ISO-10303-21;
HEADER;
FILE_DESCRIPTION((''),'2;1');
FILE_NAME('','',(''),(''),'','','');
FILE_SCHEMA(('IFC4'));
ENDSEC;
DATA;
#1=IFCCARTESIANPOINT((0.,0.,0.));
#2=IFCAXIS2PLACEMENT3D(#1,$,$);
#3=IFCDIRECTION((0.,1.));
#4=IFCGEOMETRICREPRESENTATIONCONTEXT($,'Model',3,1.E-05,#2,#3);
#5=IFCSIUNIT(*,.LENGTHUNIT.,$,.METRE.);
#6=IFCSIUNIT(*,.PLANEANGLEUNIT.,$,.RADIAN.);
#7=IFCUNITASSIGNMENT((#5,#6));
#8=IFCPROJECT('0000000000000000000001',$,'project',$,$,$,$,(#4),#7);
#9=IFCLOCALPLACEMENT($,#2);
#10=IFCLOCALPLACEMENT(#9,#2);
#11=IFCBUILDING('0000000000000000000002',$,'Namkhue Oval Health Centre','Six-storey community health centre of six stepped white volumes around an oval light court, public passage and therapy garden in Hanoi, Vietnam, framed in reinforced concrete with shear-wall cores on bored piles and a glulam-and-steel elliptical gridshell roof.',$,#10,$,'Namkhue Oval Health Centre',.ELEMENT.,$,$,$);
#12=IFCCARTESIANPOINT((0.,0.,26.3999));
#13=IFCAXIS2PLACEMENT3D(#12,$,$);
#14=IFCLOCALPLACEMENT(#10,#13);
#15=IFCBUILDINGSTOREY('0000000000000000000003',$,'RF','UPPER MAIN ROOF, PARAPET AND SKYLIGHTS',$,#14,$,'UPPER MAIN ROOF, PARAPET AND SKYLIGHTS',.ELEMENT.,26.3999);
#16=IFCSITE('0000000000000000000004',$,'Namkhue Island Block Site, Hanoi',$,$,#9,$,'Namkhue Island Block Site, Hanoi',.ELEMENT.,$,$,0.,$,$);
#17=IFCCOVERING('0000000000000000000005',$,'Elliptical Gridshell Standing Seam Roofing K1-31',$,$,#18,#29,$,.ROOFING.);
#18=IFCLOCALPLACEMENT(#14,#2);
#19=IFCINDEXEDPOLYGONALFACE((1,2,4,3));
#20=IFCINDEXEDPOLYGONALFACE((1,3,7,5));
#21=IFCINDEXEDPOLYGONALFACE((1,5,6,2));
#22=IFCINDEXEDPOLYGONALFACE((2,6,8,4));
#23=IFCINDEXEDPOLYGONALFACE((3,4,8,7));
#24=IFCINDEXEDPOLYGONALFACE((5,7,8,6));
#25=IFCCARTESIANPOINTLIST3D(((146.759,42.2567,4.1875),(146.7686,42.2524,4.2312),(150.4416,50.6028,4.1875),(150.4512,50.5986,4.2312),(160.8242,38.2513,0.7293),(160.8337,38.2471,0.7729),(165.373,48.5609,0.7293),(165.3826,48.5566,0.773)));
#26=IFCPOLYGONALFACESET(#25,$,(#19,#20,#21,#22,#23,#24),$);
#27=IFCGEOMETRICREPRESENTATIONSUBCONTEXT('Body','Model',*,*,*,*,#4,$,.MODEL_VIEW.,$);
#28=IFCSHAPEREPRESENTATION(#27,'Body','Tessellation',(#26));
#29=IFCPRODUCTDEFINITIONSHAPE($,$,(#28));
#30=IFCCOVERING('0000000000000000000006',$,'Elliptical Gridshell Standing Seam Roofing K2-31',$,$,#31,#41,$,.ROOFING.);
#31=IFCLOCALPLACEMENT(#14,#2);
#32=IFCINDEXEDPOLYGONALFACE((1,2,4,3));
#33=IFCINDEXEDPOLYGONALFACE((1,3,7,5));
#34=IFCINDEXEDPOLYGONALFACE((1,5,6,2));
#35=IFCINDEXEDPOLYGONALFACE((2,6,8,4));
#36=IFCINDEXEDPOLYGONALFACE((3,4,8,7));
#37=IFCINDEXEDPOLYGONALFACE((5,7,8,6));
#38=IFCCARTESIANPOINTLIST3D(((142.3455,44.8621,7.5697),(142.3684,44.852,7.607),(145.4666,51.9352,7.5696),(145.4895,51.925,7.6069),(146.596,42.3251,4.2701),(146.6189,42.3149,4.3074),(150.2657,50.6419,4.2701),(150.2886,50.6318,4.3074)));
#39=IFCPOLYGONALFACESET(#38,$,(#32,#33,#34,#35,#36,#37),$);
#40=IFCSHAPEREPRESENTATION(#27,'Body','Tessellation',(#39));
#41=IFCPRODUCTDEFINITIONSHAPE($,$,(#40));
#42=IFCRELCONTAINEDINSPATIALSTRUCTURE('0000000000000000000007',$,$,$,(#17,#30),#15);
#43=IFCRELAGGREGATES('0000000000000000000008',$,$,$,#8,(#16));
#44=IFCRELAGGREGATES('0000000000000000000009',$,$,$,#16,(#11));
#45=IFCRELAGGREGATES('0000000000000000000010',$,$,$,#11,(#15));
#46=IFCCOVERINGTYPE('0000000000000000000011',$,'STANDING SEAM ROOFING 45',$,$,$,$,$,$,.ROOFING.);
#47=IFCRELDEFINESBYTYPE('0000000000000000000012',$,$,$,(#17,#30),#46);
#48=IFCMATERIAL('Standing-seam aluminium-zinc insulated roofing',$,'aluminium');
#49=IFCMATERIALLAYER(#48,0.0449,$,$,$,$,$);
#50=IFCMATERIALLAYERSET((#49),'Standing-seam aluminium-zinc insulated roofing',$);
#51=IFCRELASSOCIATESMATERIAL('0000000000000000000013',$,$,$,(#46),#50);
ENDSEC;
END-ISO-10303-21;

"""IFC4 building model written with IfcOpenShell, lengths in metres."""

from ifc_helpers import new_model, si_unit, direction, frame, origin, place, context, subcontext, project, spatial, polyline, outline, extrude, material, layer, layer_set, type_object, element, save


model = new_model("IFC4")

# Units and contexts
model_context = context("Model", 3, precision=1e-05, world=origin(), true_north=direction((0.0, 1.0)))
body_context = subcontext(model_context, "Body", "Model", "MODEL_VIEW")
ifc_project = project(units=[si_unit("LENGTHUNIT", "METRE"), si_unit("PLANEANGLEUNIT", "RADIAN")], contexts=[model_context])

# Site, building, storey
site_placement = place(None, origin())
site = spatial("IfcSite", under=ifc_project, at=site_placement, Name="Namkhue Island Block Site, Hanoi", LongName="Namkhue Island Block Site, Hanoi", CompositionType="ELEMENT", RefElevation=0.0)
building_placement = place(site_placement, origin())
building = spatial("IfcBuilding", under=site, at=building_placement, Name="Namkhue Oval Health Centre", Description="Six-storey community health centre of six stepped white volumes around an oval light court, public passage and therapy garden in Hanoi, Vietnam, framed in reinforced concrete with shear-wall cores on bored piles and a glulam-and-steel elliptical gridshell roof.", LongName="Namkhue Oval Health Centre", CompositionType="ELEMENT")
storey_placement = place(building_placement, frame((0.0, 0.0, 26.3999)))
storey = spatial("IfcBuildingStorey", under=building, at=storey_placement, Name="RF", Description="UPPER MAIN ROOF, PARAPET AND SKYLIGHTS", LongName="UPPER MAIN ROOF, PARAPET AND SKYLIGHTS", CompositionType="ELEMENT", Elevation=26.3999)

# Coverings
ifc_material_1 = material(Name="Standing-seam aluminium-zinc insulated roofing", Category="aluminium")
ifc_layer_1 = layer(ifc_material_1, 0.0449)
ifc_layer_set_1 = layer_set([ifc_layer_1], Name="Standing-seam aluminium-zinc insulated roofing")
covering_type_1 = type_object("IfcCoveringType", Name="STANDING SEAM ROOFING 45", PredefinedType="ROOFING", material=ifc_layer_set_1)
covering_1_placement = place(storey_placement, frame((160.8337, 38.2471, 0.7729), z_axis=(0.212457, -0.093742, 0.972663), x_axis=(0.403677, 0.914902, 0.000001)))
element("IfcCovering", 1, at=covering_1_placement, inside=storey, type_object=covering_type_1, Name="Elliptical Gridshell Standing Seam Roofing K1-31", PredefinedType="ROOFING", context=body_context, shape_type="SweptSolid", body=[
    extrude(outline(polyline([(0.0, 0.0), (11.2685, 0.0), (7.1093, 14.8922), (-2.0133, 14.8922), (0.0, 0.0)])), origin(), (0.0, 0.0, -1.0), 0.0449),
])
covering_2_placement = place(storey_placement, frame((146.6189, 42.3149, 4.3074), z_axis=(0.510093, -0.225078, 0.830147), x_axis=(0.403687, 0.914897, 0.000007)))
element("IfcCovering", 2, at=covering_2_placement, inside=storey, type_object=covering_type_1, Name="Elliptical Gridshell Standing Seam Roofing K2-31", PredefinedType="ROOFING", context=body_context, shape_type="SweptSolid", body=[
    extrude(outline(polyline([(0.0, 0.0), (9.0905, 0.0), (8.3364, 5.9179), (0.6054, 5.9181), (0.0, 0.0)])), origin(), (0.0, 0.0, -1.0), 0.0449),
])

save(model, "model.ifc")
